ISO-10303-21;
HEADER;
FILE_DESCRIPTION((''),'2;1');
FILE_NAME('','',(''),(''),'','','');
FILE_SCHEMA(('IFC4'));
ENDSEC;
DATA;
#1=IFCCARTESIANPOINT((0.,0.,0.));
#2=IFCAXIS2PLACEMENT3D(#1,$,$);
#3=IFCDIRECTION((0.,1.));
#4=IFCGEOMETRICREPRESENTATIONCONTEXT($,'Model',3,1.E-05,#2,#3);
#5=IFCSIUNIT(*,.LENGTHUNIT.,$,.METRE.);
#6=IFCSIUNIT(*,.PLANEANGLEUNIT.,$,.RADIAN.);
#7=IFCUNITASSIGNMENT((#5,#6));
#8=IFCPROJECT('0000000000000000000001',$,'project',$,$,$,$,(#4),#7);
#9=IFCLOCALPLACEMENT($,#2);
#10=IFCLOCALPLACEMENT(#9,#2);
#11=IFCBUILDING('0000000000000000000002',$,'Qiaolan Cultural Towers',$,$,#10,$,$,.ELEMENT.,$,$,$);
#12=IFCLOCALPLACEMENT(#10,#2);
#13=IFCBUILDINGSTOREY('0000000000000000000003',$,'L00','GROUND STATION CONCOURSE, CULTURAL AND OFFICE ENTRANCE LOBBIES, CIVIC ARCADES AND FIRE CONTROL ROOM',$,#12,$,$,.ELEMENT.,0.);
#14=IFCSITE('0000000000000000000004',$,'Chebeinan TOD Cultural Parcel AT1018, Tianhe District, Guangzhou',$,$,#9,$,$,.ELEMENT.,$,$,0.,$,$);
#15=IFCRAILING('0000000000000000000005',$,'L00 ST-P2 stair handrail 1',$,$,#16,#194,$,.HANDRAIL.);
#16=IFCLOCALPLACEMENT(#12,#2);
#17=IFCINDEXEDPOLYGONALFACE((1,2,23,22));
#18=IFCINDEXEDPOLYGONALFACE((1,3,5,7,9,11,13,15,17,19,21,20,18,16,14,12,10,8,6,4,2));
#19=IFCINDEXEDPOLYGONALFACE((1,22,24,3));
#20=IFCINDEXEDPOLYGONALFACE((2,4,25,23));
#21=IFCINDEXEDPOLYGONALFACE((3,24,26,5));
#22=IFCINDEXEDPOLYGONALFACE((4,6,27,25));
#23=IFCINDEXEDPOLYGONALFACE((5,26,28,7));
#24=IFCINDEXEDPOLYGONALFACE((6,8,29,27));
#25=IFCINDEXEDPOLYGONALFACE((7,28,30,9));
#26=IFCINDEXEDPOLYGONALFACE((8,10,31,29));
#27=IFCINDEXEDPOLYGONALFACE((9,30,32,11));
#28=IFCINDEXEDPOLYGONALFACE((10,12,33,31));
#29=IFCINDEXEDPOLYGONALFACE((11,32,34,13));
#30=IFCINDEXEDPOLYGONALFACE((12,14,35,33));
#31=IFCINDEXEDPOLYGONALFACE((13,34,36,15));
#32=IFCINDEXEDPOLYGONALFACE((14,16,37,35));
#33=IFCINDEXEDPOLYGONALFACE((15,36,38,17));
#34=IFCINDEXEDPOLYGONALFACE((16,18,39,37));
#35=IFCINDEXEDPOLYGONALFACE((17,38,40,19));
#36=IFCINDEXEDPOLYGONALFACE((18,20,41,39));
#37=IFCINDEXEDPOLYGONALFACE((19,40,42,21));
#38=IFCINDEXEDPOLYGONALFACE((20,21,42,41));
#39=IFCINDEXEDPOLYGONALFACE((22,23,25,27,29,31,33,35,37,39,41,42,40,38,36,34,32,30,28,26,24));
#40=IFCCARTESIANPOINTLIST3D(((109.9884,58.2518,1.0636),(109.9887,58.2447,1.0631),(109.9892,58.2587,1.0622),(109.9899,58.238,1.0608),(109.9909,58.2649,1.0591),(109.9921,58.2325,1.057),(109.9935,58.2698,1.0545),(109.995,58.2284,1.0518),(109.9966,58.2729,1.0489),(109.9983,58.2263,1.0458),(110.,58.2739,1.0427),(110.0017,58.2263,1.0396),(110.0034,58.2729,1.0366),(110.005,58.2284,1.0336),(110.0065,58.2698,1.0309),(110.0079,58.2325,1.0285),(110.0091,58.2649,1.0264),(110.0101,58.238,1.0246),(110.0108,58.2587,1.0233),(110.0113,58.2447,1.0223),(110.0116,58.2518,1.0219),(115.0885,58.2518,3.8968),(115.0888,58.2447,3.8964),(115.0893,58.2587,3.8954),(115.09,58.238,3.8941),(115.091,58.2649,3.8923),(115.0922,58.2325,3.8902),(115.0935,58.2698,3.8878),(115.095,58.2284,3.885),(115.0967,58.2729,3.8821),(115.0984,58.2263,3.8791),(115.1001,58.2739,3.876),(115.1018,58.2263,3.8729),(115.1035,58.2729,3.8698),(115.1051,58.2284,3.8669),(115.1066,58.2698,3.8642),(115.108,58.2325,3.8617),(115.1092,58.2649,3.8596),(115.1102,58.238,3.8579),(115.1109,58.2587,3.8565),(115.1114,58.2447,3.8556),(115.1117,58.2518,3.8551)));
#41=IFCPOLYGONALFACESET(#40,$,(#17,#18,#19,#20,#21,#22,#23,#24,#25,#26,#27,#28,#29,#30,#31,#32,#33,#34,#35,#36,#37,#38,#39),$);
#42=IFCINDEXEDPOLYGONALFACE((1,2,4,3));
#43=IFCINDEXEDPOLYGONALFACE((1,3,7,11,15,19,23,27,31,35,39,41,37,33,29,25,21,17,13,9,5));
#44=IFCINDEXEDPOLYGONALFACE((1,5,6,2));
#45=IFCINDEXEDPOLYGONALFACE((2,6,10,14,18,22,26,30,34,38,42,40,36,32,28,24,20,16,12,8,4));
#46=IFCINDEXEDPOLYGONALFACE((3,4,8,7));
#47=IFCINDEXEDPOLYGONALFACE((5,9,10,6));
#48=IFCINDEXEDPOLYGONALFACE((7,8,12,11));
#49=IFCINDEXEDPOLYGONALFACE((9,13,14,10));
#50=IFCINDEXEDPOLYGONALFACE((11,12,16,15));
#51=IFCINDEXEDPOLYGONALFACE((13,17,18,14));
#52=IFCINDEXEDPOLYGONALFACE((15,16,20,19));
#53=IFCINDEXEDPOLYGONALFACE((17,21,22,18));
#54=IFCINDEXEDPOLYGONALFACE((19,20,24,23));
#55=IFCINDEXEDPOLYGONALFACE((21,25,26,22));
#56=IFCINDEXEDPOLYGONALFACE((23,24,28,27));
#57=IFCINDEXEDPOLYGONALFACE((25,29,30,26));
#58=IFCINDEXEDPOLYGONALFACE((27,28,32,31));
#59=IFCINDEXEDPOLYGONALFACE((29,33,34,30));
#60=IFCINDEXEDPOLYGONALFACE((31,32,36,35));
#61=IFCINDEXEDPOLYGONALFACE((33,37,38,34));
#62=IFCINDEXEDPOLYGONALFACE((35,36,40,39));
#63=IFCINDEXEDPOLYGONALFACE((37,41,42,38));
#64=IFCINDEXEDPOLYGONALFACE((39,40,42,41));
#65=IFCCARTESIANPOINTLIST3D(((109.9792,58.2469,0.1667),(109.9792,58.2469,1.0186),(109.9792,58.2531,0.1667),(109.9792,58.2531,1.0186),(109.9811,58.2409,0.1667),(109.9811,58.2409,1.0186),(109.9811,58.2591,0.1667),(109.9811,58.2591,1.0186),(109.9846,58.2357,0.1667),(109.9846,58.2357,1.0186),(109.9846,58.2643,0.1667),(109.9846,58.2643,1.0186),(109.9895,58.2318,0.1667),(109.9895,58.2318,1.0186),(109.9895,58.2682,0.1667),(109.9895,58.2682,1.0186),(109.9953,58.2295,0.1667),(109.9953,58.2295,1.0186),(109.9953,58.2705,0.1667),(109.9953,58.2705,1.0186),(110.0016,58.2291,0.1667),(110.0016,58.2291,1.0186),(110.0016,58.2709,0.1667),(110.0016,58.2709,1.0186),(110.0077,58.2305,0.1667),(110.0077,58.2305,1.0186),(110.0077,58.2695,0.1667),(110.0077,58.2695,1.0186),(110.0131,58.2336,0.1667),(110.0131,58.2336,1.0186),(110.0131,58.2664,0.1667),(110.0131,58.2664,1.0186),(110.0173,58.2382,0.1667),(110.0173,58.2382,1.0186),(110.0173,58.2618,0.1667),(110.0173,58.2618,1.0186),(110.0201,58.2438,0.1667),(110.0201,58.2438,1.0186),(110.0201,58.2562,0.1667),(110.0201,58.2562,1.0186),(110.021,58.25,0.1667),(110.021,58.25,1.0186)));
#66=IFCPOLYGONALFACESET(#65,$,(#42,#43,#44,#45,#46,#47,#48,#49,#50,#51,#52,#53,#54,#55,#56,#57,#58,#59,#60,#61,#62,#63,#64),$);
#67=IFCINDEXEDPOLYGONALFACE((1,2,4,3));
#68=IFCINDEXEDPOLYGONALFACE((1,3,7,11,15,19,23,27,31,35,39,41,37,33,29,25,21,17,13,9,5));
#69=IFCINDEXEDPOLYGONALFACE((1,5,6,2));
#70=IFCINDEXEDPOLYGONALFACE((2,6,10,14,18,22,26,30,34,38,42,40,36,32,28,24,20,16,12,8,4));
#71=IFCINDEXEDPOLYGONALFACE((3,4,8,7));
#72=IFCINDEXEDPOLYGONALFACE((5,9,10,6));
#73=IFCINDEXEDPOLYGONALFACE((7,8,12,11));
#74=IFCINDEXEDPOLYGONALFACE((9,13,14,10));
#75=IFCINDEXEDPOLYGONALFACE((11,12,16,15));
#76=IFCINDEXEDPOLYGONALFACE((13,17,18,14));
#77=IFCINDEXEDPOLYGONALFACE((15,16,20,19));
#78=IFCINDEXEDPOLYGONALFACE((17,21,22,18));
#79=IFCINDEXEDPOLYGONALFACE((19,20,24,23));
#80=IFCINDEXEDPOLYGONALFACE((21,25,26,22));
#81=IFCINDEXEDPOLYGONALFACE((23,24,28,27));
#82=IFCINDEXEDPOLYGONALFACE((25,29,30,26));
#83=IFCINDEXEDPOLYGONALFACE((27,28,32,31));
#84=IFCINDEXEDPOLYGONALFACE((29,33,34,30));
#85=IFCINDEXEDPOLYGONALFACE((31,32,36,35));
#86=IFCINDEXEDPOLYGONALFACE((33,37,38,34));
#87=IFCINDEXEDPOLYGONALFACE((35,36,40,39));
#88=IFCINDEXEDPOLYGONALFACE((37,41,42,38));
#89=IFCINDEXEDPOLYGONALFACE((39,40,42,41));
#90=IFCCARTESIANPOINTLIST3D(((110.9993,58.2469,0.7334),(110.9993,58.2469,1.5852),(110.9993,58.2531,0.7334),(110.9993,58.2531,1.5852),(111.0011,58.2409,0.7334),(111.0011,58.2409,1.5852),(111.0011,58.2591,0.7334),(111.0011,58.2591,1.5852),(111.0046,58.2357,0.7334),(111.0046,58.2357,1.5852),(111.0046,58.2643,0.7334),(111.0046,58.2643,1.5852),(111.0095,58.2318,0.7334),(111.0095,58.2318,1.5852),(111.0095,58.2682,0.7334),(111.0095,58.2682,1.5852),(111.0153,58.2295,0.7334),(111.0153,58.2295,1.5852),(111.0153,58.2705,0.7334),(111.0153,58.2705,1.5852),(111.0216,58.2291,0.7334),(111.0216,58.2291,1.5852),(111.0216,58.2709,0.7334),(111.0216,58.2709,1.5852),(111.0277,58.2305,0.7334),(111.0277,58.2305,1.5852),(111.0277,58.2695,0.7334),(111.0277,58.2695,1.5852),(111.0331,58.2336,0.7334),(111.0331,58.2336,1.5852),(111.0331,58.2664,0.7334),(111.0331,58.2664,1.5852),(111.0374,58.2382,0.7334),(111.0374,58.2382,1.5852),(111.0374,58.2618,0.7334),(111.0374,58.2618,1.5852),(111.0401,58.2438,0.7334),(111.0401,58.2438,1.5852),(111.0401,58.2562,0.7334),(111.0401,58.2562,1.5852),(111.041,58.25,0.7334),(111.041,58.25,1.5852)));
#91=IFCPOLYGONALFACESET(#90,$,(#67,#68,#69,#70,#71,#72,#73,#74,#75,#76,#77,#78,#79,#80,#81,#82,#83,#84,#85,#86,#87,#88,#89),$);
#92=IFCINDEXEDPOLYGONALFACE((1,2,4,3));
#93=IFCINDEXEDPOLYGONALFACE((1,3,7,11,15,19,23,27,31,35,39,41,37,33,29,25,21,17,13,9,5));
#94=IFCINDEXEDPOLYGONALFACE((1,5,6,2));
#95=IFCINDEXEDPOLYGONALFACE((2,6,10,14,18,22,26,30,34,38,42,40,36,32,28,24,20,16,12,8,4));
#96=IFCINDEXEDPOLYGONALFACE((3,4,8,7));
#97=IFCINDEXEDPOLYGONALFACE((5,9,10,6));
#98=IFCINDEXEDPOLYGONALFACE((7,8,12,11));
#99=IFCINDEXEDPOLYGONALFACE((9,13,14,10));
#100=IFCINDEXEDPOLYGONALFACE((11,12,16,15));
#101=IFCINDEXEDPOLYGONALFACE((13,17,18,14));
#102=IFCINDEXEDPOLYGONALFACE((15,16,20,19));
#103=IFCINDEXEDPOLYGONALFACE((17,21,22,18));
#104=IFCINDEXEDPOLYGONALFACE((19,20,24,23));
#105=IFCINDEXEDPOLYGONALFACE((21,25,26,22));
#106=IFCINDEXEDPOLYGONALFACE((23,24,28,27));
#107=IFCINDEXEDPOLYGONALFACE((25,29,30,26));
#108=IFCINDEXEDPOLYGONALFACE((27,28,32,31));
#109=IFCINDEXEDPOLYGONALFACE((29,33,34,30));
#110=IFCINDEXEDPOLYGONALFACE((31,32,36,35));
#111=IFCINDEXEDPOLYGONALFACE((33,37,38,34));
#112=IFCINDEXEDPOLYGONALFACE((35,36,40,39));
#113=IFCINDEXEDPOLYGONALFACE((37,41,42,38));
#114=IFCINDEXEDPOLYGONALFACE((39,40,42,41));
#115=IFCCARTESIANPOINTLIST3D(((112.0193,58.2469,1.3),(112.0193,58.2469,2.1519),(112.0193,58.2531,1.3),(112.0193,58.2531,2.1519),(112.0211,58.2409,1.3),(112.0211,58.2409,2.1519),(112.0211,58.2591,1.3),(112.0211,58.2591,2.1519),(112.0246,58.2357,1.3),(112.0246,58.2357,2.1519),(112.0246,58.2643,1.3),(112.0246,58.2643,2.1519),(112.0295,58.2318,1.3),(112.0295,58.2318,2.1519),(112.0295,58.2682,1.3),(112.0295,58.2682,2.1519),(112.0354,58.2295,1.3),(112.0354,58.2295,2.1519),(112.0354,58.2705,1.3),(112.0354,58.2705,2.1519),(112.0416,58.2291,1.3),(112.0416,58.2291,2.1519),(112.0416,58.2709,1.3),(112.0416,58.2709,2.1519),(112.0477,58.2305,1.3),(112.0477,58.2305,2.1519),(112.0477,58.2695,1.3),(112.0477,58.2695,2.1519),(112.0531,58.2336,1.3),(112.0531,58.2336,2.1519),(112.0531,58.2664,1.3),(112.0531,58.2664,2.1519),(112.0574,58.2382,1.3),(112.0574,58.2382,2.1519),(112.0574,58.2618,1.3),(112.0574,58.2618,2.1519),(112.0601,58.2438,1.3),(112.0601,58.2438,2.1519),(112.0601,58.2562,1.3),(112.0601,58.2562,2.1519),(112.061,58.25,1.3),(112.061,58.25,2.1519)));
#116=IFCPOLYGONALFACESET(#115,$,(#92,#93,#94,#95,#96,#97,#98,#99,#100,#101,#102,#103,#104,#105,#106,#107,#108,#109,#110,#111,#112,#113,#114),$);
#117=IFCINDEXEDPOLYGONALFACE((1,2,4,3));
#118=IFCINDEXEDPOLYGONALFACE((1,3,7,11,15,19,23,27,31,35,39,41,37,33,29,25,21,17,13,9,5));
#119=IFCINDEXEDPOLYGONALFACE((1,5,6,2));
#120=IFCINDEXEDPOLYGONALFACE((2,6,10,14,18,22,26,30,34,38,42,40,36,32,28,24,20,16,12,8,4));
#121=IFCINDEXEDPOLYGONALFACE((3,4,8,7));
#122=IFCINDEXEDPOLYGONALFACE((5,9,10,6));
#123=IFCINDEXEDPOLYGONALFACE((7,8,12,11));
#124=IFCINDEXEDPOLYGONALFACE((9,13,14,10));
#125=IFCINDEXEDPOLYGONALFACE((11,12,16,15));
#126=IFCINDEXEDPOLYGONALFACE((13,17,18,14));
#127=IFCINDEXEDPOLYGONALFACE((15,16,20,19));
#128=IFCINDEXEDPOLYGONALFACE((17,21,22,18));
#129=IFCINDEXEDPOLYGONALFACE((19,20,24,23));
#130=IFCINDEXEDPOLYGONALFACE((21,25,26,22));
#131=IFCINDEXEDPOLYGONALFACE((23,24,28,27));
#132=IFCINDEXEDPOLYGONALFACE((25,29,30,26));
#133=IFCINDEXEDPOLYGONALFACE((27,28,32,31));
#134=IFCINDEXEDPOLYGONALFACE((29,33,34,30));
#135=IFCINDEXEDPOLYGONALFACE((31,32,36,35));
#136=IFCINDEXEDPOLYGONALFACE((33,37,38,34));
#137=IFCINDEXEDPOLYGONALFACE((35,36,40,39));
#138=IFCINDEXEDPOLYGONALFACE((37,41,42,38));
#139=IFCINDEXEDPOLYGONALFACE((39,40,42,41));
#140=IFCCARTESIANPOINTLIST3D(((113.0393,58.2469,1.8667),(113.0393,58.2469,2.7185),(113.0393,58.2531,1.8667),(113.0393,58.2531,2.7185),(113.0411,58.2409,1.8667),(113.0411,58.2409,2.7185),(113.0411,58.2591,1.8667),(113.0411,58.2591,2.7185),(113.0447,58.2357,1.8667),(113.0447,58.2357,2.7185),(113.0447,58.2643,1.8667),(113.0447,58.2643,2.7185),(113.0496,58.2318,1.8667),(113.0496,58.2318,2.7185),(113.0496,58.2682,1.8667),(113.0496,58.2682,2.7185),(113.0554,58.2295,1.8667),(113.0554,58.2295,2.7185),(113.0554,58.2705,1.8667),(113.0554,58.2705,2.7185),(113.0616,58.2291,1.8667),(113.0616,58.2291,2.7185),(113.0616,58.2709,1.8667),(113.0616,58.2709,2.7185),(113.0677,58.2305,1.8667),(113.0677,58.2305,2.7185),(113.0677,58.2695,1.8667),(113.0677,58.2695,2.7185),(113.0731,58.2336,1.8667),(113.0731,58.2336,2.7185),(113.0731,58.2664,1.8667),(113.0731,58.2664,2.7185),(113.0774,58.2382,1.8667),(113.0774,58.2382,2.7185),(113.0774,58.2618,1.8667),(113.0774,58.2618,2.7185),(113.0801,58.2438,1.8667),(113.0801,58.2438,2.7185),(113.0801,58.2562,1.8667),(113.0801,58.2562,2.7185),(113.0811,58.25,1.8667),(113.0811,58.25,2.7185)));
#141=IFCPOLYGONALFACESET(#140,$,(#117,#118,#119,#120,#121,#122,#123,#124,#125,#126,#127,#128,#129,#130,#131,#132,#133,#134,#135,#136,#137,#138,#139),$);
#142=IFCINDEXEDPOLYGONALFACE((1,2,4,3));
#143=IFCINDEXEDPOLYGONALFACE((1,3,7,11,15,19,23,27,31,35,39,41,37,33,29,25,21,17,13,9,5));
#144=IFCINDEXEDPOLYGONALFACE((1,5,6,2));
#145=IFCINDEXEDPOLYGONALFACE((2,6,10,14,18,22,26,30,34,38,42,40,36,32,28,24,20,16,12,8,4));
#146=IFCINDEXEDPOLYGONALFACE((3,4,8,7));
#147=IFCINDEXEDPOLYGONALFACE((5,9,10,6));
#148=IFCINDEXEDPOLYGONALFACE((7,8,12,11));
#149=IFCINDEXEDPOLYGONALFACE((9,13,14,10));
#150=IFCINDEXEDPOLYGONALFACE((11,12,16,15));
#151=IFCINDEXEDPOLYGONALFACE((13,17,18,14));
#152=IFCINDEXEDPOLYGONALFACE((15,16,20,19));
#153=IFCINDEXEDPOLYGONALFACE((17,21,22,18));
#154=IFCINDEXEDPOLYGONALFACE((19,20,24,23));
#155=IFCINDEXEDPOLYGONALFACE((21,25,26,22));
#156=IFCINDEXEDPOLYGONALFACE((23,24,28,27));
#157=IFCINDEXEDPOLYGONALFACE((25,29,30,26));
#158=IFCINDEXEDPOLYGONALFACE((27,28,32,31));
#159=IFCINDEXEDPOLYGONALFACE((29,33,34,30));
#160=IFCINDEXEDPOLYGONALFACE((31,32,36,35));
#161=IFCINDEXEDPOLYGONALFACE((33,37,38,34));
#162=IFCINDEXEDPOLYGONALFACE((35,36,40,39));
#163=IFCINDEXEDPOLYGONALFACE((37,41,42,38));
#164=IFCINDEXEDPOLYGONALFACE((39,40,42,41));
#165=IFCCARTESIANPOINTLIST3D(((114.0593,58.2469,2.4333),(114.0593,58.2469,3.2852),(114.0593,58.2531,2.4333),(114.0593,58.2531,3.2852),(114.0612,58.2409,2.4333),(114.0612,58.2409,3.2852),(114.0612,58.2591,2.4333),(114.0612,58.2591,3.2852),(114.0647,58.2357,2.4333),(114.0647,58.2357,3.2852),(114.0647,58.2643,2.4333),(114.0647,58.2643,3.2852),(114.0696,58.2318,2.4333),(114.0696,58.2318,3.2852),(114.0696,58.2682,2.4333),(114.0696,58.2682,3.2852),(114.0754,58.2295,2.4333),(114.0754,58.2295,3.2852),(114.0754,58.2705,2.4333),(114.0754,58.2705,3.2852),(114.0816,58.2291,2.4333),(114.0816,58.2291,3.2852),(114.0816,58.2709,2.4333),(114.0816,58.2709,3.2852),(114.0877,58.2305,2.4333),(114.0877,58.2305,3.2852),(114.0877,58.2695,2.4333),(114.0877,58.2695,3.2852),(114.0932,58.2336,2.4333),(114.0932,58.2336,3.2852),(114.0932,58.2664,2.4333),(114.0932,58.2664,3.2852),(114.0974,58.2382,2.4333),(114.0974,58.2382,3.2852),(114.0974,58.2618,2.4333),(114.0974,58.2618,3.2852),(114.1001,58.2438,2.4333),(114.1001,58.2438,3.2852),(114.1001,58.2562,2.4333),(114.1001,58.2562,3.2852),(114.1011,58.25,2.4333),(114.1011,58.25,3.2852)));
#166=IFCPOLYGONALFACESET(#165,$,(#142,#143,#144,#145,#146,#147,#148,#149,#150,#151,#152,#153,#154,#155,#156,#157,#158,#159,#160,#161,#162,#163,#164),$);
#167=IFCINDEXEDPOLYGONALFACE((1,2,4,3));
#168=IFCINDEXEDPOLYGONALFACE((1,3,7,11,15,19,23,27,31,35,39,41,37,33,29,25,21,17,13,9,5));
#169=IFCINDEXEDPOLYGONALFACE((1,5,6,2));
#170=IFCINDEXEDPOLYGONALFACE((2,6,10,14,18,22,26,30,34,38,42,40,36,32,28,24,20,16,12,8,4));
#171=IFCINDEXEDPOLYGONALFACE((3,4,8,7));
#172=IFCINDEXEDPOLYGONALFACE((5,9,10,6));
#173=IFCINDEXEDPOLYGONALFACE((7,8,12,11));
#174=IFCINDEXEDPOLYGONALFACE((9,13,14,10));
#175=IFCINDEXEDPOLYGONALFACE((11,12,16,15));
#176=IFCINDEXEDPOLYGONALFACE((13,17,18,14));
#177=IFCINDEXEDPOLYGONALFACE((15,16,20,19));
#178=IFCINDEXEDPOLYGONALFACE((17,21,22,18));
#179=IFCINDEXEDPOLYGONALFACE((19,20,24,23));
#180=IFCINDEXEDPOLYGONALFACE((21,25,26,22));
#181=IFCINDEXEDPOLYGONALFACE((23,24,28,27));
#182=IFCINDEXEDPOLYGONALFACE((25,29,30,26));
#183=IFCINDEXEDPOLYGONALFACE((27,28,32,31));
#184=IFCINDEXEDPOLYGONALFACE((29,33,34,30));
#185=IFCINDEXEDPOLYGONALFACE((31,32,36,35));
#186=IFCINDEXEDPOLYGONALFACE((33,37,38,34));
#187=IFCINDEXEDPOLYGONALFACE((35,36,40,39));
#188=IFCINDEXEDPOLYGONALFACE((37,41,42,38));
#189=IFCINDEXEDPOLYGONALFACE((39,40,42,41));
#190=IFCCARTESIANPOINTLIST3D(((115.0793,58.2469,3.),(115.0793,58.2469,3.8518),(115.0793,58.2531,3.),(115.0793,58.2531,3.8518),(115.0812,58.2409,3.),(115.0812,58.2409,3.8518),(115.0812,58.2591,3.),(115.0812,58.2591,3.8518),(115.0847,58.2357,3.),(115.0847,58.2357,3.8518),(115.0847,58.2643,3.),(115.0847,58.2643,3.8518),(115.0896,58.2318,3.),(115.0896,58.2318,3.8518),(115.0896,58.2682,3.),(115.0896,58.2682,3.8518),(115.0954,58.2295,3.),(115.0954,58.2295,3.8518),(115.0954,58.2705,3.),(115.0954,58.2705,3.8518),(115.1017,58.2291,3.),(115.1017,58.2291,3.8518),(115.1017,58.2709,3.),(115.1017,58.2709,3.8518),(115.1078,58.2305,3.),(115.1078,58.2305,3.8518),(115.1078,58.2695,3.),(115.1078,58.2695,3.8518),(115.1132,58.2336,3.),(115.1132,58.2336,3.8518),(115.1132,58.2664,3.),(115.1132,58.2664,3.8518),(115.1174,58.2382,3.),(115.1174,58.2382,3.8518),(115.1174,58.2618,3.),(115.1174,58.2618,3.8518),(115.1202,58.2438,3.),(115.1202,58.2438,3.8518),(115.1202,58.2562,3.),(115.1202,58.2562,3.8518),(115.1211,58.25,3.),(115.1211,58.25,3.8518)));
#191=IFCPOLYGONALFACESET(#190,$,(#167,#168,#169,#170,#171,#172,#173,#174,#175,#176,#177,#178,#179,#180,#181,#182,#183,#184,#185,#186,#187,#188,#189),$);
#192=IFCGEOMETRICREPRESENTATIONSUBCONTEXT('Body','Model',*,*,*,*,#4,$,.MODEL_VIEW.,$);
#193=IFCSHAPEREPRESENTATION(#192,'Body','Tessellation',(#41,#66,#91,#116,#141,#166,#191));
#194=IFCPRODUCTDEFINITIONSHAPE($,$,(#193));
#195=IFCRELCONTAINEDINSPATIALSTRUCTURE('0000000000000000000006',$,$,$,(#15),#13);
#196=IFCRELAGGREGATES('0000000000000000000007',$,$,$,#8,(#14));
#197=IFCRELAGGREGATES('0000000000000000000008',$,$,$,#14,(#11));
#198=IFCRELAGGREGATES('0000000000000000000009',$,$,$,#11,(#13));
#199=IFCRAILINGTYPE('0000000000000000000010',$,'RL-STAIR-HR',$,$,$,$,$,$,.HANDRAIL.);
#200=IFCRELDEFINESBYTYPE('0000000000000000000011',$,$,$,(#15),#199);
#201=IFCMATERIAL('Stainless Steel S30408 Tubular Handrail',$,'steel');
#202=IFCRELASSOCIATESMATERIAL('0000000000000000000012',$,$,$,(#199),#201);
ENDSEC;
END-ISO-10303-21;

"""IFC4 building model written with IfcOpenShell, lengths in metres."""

from ifc_helpers import new_model, si_unit, direction, frame, origin, origin_2d, place, context, subcontext, project, spatial, circle, extrude, material, type_object, element, save


model = new_model("IFC4")

# Units and contexts
model_context = context("Model", 3, precision=1e-05, world=origin(), true_north=direction((0.0, 1.0)))
body_context = subcontext(model_context, "Body", "Model", "MODEL_VIEW")
ifc_project = project(units=[si_unit("LENGTHUNIT", "METRE"), si_unit("PLANEANGLEUNIT", "RADIAN")], contexts=[model_context])

# Site, building, storey
site_placement = place(None, origin())
site = spatial("IfcSite", under=ifc_project, at=site_placement, Name="Chebeinan TOD Cultural Parcel AT1018, Tianhe District, Guangzhou", CompositionType="ELEMENT", RefElevation=0.0)
building_placement = place(site_placement, origin())
building = spatial("IfcBuilding", under=site, at=building_placement, Name="Qiaolan Cultural Towers", CompositionType="ELEMENT")
storey_placement = place(building_placement, origin())
storey = spatial("IfcBuildingStorey", under=building, at=storey_placement, Name="L00", Description="GROUND STATION CONCOURSE, CULTURAL AND OFFICE ENTRANCE LOBBIES, CIVIC ARCADES AND FIRE CONTROL ROOM", CompositionType="ELEMENT", Elevation=0.0)

# Railing
ifc_material_1 = material(Name="Stainless Steel S30408 Tubular Handrail", Category="steel")
railing_type_1 = type_object("IfcRailingType", Name="RL-STAIR-HR", PredefinedType="HANDRAIL", material=ifc_material_1)
railing_1_placement = place(storey_placement, frame((110.0, 58.25, 0.1667)))
element("IfcRailing", 1, at=railing_1_placement, inside=storey, type_object=railing_type_1, Name="L00 ST-P2 stair handrail 1", PredefinedType="HANDRAIL", context=body_context, shape_type="SweptSolid", body=[
    extrude(circle(Radius=0.0239, at=origin_2d()), frame((0.0, 0.0, 0.876), z_axis=(0.874167, 0.0, 0.485625), x_axis=(0.0, 1.0, 0.0)), (0.0, 0.0, 1.0), 5.8342),
    extrude(circle(Radius=0.021, at=origin_2d()), origin(), (0.0, 0.0, 1.0), 0.8518),
    extrude(circle(Radius=0.021, at=origin_2d()), frame((1.02, 0.0, 0.5667)), (0.0, 0.0, 1.0), 0.8518),
    extrude(circle(Radius=0.021, at=origin_2d()), frame((2.04, 0.0, 1.1333)), (0.0, 0.0, 1.0), 0.8518),
    extrude(circle(Radius=0.021, at=origin_2d()), frame((3.0601, 0.0, 1.7)), (0.0, 0.0, 1.0), 0.8518),
    extrude(circle(Radius=0.021, at=origin_2d()), frame((4.0801, 0.0, 2.2666)), (0.0, 0.0, 1.0), 0.8518),
    extrude(circle(Radius=0.021, at=origin_2d()), frame((5.1001, 0.0, 2.8333)), (0.0, 0.0, 1.0), 0.8518),
])

save(model, "model.ifc")
